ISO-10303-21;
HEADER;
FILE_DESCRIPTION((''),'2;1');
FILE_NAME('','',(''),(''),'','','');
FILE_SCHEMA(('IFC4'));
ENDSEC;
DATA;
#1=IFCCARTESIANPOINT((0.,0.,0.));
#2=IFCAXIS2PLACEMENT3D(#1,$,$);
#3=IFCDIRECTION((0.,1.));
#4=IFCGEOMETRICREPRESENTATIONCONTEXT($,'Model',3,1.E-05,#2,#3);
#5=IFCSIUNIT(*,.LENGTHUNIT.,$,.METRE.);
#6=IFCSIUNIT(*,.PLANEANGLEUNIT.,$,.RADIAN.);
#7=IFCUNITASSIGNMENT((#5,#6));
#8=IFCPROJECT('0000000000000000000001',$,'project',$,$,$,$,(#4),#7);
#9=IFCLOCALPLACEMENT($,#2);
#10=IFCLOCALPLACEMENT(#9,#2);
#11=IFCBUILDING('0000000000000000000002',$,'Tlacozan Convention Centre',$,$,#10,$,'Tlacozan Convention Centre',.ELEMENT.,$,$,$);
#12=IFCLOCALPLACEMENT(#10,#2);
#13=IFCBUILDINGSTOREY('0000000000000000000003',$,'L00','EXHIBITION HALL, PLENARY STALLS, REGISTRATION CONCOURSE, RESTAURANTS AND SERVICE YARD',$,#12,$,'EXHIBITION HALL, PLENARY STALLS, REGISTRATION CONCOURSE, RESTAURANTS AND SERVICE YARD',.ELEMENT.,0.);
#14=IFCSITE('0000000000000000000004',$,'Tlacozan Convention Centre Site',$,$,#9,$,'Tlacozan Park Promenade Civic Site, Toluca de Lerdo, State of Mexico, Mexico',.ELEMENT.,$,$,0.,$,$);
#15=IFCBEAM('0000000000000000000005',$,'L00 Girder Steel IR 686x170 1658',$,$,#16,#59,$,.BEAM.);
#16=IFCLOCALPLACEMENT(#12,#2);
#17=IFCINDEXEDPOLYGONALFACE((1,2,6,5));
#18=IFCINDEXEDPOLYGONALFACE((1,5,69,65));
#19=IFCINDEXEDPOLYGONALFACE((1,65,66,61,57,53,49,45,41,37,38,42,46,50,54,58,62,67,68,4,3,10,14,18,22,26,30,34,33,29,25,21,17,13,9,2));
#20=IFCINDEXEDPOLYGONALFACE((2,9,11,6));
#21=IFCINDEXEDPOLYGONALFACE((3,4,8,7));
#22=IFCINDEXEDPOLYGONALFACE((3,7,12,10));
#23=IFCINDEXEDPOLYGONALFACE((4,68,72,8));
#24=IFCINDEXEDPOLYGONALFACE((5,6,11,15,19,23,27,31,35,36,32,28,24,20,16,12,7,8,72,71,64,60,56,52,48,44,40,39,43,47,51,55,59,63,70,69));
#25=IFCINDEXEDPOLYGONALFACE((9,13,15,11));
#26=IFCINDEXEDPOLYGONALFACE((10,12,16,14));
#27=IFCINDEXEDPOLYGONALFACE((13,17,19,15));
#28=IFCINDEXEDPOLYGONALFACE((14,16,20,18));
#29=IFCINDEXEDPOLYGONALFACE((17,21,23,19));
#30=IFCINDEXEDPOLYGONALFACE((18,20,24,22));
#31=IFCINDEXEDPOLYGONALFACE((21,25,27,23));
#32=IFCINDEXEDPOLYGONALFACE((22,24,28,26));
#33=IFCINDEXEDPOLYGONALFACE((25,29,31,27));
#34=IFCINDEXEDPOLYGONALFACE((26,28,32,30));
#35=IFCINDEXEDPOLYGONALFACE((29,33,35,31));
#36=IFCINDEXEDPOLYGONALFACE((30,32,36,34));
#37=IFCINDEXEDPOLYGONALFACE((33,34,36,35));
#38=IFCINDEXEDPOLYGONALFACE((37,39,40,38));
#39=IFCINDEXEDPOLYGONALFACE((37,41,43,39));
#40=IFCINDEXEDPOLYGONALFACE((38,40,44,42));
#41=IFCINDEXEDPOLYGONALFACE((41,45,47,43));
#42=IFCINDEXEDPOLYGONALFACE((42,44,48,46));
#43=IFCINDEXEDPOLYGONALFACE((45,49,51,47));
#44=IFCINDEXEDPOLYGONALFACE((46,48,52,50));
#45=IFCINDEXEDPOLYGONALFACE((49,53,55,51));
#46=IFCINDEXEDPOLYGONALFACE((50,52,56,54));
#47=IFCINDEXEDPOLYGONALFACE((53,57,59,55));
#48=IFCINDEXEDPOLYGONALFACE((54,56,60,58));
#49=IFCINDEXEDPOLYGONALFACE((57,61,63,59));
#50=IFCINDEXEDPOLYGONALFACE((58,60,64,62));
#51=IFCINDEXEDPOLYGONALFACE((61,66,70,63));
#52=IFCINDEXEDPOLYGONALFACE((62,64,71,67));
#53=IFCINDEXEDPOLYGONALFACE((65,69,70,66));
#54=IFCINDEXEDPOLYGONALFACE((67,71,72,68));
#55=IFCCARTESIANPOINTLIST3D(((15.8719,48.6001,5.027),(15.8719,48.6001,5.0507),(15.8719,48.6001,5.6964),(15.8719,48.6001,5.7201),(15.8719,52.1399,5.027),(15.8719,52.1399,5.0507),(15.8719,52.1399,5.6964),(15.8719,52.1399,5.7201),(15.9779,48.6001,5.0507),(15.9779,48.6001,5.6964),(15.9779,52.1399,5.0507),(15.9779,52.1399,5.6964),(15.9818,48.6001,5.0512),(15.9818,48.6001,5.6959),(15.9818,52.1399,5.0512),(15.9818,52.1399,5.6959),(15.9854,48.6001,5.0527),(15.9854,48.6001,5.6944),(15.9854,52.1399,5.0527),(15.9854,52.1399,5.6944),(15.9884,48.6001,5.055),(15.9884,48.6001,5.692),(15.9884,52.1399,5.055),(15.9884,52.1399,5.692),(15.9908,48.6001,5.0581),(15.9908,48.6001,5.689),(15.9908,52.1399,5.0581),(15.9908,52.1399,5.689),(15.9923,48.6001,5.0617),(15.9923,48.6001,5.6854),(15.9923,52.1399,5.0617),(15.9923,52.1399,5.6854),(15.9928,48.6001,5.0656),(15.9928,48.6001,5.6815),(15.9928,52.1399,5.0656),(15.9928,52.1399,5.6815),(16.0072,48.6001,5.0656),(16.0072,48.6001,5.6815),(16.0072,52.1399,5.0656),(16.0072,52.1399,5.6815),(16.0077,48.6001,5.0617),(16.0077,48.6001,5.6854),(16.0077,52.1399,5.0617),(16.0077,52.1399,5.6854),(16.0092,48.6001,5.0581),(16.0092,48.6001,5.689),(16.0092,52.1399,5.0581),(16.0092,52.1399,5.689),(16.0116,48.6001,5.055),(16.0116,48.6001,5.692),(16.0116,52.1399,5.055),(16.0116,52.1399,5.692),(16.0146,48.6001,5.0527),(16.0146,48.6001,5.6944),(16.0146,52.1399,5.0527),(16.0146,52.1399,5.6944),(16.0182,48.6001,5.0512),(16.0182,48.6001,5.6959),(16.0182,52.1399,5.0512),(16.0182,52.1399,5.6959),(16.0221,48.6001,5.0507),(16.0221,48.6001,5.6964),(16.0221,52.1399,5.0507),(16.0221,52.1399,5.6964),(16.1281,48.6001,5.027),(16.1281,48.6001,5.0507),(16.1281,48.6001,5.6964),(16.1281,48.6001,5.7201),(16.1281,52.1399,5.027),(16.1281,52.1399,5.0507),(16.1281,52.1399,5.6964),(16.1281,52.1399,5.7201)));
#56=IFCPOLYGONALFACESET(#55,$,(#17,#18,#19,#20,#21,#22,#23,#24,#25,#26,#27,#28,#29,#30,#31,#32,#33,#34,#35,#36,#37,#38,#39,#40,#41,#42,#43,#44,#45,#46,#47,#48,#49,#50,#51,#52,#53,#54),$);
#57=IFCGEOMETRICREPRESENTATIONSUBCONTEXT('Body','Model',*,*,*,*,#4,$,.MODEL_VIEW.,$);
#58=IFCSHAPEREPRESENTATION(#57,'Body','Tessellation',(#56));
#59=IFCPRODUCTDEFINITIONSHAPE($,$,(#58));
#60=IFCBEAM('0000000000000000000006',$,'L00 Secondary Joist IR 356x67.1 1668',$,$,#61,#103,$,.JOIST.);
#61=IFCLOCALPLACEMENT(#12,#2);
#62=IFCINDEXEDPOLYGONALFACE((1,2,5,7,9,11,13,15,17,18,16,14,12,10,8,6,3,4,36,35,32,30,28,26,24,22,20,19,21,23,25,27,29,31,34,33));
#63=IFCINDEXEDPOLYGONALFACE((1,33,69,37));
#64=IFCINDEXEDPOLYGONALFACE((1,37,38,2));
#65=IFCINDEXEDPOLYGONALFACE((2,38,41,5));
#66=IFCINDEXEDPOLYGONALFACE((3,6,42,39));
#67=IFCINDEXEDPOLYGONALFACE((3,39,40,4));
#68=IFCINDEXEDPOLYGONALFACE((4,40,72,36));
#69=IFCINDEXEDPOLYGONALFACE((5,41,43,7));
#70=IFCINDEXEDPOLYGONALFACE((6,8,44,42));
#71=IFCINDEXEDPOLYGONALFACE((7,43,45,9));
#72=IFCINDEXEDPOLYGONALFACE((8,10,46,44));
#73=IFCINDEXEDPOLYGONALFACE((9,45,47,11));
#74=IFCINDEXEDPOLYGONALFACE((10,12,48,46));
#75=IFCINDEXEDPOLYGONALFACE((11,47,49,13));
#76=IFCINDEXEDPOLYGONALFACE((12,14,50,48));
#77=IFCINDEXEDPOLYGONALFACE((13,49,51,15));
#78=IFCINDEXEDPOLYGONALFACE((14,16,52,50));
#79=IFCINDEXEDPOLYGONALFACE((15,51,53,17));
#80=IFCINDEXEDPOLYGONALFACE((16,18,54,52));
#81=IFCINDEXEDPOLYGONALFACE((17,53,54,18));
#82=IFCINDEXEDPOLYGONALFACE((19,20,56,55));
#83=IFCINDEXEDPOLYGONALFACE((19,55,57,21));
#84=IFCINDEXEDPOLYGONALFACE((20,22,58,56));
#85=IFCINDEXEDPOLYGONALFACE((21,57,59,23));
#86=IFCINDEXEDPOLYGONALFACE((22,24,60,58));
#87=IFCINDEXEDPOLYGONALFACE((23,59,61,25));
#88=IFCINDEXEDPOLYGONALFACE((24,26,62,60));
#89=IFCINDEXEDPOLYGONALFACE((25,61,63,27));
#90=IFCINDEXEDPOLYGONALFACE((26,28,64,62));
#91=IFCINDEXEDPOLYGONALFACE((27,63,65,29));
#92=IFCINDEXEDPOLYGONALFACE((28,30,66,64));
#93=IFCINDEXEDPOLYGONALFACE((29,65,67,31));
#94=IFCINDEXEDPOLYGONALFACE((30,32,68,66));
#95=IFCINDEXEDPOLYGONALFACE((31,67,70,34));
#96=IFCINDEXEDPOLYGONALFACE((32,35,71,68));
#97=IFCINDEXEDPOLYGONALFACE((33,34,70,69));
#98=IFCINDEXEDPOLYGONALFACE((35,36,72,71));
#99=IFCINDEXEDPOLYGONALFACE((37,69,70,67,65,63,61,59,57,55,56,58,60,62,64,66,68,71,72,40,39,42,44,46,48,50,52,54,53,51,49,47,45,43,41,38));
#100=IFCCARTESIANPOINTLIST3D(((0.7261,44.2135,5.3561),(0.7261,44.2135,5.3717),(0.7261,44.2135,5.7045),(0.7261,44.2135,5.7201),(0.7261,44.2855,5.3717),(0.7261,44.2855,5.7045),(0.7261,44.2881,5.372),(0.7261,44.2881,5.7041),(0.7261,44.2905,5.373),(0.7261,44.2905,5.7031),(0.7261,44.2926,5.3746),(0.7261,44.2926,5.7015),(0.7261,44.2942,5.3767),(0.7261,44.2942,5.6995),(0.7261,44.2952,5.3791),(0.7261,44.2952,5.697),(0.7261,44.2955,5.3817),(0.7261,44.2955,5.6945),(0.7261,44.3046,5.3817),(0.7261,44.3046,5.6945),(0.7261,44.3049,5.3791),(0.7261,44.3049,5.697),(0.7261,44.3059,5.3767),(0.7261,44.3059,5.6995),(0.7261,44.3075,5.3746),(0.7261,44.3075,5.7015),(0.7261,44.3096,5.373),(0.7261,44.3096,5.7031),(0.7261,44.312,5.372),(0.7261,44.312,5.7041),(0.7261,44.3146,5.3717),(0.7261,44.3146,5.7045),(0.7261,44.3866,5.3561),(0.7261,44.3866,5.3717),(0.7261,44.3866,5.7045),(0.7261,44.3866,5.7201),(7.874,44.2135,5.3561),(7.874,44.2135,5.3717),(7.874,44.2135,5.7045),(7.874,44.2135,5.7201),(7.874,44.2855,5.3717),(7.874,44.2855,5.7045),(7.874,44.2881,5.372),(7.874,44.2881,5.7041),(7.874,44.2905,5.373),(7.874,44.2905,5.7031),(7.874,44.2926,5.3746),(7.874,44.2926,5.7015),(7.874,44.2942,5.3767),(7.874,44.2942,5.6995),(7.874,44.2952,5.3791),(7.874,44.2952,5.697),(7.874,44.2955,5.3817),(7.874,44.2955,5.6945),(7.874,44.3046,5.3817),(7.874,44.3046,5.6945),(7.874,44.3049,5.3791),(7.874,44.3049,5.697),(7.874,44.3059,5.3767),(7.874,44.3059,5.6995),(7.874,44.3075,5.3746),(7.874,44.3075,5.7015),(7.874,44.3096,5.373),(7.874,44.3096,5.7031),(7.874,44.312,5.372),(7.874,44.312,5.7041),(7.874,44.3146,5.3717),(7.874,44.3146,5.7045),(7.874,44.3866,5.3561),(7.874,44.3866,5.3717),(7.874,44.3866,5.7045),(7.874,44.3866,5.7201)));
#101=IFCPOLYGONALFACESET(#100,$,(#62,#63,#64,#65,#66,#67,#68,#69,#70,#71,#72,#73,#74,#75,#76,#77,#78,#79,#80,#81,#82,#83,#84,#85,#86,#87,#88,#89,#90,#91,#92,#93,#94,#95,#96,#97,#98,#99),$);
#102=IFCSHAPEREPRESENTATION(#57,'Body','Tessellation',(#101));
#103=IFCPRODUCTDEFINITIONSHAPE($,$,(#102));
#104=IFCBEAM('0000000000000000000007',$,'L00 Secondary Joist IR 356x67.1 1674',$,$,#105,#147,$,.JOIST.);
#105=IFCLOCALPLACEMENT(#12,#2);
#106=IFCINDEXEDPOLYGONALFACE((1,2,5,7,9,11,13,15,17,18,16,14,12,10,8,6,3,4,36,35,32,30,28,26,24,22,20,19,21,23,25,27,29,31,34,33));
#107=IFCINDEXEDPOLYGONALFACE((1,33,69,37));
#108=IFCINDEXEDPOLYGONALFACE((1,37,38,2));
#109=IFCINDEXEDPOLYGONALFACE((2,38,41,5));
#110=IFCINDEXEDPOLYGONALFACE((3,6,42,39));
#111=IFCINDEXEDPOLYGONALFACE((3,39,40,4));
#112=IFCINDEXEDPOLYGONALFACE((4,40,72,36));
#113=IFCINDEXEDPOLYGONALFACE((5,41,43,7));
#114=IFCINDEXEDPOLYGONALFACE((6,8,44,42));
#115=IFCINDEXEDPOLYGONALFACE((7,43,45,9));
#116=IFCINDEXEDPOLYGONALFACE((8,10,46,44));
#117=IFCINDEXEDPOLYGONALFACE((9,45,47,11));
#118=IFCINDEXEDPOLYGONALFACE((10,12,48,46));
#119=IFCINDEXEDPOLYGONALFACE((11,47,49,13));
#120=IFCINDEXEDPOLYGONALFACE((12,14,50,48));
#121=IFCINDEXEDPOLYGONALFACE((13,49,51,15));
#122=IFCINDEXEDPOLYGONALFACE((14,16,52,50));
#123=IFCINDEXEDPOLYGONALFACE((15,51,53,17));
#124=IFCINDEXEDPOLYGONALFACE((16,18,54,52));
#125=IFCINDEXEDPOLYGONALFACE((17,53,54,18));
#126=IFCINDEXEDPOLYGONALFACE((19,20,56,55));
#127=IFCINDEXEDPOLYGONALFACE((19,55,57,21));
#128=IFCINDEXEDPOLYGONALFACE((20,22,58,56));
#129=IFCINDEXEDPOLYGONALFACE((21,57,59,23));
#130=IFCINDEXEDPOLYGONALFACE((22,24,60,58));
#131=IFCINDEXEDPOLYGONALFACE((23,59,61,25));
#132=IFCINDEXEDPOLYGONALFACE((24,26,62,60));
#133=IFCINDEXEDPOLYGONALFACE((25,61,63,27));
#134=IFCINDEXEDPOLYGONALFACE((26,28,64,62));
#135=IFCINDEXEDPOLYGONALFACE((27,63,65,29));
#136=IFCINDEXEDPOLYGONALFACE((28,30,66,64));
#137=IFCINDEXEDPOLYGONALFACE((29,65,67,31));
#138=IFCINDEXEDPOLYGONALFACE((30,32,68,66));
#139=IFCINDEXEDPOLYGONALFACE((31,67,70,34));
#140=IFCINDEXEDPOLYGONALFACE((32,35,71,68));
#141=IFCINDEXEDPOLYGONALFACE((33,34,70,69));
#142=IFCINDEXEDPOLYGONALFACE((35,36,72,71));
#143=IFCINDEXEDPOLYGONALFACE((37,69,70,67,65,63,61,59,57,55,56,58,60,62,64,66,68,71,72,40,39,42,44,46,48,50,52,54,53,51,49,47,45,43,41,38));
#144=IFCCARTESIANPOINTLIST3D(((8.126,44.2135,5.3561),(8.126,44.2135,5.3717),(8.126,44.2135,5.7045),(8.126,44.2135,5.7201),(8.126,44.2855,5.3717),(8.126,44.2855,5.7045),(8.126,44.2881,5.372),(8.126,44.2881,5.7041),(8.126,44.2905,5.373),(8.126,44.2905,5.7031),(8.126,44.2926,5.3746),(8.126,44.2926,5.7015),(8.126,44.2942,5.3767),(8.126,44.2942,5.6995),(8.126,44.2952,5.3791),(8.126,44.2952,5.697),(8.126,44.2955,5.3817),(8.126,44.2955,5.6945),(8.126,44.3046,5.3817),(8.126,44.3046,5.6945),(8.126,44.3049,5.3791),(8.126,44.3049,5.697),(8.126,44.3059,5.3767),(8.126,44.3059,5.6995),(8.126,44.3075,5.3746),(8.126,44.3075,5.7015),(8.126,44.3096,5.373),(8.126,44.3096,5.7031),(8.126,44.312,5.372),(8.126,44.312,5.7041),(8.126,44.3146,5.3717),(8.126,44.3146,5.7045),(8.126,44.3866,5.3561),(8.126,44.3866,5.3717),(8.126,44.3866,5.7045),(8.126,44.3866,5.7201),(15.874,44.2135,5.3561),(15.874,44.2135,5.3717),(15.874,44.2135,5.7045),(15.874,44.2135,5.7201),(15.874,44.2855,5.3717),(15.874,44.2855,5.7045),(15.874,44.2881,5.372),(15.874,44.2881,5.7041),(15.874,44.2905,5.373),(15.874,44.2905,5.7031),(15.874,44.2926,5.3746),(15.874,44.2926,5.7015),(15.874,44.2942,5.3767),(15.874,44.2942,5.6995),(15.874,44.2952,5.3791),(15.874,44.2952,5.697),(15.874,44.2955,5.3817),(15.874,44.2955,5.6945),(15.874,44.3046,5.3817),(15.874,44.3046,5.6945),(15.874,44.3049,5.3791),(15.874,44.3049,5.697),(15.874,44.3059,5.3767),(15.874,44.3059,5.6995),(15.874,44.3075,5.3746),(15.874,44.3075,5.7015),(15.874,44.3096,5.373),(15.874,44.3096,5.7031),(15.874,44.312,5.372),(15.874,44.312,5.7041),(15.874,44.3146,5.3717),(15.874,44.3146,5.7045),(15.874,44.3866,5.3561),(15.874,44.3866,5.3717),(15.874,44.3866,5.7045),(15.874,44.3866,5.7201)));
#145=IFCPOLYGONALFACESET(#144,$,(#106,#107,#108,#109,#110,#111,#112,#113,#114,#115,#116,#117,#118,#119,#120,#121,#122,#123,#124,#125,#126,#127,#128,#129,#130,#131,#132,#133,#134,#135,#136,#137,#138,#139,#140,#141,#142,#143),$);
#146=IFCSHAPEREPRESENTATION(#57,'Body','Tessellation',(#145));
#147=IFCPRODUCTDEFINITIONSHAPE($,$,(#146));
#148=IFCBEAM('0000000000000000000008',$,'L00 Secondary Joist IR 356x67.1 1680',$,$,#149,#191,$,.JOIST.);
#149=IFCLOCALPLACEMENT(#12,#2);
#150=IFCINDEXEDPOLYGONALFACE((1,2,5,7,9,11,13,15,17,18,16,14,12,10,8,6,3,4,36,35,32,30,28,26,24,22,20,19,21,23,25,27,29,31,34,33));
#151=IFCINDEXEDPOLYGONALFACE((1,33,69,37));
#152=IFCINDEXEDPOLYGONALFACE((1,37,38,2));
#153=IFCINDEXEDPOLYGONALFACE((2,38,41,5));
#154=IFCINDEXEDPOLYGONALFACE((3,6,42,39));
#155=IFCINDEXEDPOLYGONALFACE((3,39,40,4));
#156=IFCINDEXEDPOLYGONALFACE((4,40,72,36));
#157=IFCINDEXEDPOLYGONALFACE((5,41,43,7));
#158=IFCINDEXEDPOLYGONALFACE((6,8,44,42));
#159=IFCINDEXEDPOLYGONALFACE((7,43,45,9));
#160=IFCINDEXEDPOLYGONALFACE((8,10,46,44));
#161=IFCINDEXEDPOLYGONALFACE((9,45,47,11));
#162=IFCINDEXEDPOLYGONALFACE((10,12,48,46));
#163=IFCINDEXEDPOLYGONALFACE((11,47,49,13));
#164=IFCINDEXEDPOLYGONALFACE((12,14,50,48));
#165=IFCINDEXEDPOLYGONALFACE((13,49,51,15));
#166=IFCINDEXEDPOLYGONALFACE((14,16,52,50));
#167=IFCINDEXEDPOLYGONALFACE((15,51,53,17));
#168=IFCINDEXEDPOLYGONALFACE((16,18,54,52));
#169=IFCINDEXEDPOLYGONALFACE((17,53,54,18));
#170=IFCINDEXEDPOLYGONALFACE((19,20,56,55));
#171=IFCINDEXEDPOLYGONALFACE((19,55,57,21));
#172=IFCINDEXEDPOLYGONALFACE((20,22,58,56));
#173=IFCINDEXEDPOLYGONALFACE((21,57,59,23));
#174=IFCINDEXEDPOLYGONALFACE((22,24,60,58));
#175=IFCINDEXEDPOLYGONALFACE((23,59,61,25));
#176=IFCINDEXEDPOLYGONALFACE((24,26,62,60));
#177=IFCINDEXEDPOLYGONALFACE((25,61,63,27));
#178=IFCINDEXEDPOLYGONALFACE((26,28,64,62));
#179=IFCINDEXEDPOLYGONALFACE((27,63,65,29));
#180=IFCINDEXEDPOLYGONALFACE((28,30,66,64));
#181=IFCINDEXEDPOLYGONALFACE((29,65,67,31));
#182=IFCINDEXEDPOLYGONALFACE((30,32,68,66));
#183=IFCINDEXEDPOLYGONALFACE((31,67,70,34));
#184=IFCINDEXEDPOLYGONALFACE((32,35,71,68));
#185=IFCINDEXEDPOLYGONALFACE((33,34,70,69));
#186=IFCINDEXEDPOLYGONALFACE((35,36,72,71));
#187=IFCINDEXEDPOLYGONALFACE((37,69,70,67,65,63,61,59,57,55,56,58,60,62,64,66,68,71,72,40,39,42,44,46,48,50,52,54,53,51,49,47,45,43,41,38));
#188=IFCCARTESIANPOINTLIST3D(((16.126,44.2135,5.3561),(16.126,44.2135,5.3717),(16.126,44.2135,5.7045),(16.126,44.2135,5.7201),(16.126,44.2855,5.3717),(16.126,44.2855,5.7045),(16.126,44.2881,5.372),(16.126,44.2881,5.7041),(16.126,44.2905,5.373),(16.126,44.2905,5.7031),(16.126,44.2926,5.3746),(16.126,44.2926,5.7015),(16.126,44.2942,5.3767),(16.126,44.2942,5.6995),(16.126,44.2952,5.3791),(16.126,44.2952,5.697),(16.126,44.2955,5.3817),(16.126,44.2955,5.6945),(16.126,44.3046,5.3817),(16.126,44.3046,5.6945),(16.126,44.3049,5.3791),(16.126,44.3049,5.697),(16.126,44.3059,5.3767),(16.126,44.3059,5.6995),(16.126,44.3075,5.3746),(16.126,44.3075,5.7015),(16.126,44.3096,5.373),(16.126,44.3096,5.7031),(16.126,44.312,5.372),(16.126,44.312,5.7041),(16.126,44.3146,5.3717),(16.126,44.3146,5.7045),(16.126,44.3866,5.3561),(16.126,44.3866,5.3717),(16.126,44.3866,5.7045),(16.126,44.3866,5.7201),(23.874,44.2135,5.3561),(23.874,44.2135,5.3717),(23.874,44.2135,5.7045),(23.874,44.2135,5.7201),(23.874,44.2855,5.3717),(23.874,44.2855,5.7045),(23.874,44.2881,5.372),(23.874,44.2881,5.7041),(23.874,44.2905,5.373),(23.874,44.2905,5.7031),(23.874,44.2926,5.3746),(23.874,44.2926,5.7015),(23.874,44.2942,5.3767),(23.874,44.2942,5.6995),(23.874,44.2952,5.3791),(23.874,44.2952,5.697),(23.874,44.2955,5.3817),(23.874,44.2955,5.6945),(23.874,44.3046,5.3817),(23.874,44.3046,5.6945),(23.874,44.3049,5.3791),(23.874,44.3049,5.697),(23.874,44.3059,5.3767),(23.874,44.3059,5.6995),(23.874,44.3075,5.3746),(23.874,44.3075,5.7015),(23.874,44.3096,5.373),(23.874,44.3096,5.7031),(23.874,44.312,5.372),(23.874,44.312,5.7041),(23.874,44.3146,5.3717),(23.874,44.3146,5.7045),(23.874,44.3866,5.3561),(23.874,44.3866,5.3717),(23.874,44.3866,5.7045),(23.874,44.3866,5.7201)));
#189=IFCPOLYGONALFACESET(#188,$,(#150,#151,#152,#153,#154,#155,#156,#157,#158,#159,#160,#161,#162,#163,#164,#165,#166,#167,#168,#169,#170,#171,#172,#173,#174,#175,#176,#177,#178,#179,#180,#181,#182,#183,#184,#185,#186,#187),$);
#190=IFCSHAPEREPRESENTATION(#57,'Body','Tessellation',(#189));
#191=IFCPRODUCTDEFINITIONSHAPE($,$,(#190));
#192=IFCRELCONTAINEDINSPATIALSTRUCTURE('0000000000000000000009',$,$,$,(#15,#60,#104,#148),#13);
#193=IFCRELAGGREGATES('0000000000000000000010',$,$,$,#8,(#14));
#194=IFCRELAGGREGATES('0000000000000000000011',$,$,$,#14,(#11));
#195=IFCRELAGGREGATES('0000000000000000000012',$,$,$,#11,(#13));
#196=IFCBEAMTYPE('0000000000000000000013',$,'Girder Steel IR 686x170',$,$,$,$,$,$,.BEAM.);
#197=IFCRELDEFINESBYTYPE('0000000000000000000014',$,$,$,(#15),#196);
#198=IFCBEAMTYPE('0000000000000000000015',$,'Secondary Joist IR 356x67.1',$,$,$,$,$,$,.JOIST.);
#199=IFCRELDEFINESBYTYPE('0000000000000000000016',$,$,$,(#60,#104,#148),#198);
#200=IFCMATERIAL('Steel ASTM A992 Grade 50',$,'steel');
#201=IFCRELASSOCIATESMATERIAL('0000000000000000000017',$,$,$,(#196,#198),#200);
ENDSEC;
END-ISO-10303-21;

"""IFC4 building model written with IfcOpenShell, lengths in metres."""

from ifc_helpers import new_model, si_unit, direction, frame, origin, origin_2d, place, context, subcontext, project, spatial, i_section, extrude, material, material_profile, profile_set, type_object, element, save


model = new_model("IFC4")

# Units and contexts
model_context = context("Model", 3, precision=1e-05, world=origin(), true_north=direction((0.0, 1.0)))
body_context = subcontext(model_context, "Body", "Model", "MODEL_VIEW")
ifc_project = project(units=[si_unit("LENGTHUNIT", "METRE"), si_unit("PLANEANGLEUNIT", "RADIAN")], contexts=[model_context])

# Site, building, storey
site_placement = place(None, origin())
site = spatial("IfcSite", under=ifc_project, at=site_placement, Name="Tlacozan Convention Centre Site", LongName="Tlacozan Park Promenade Civic Site, Toluca de Lerdo, State of Mexico, Mexico", CompositionType="ELEMENT", RefElevation=0.0)
building_placement = place(site_placement, origin())
building = spatial("IfcBuilding", under=site, at=building_placement, Name="Tlacozan Convention Centre", LongName="Tlacozan Convention Centre", CompositionType="ELEMENT")
storey_placement = place(building_placement, origin())
storey = spatial("IfcBuildingStorey", under=building, at=storey_placement, Name="L00", Description="EXHIBITION HALL, PLENARY STALLS, REGISTRATION CONCOURSE, RESTAURANTS AND SERVICE YARD", LongName="EXHIBITION HALL, PLENARY STALLS, REGISTRATION CONCOURSE, RESTAURANTS AND SERVICE YARD", CompositionType="ELEMENT", Elevation=0.0)

# Shared definitions
ifc_material_1 = material(Name="Steel ASTM A992 Grade 50", Category="steel")

# Beams
ifc_material_profile_1 = material_profile(ifc_material_1, i_section(OverallWidth=0.2561, OverallDepth=0.6931, WebThickness=0.0144, FlangeThickness=0.0237, FilletRadius=0.0149, at=origin_2d()), Name="IR 686x170.0")
ifc_profile_set_1 = profile_set([ifc_material_profile_1], Name="Steel ASTM A992 Grade 50")
beam_type_1 = type_object("IfcBeamType", Name="Girder Steel IR 686x170", PredefinedType="BEAM", material=ifc_profile_set_1)
beam_1_placement = place(storey_placement, frame((16.0, 48.6001, 5.3735), z_axis=(0.0, 1.0, 0.0), x_axis=(-1.0, 0.0, 0.0)))
element("IfcBeam", 1, at=beam_1_placement, inside=storey, type_object=beam_type_1, Name="L00 Girder Steel IR 686x170 1658", PredefinedType="BEAM", context=body_context, shape_type="SweptSolid", body=[
    extrude(i_section(OverallWidth=0.2561, OverallDepth=0.6931, WebThickness=0.0144, FlangeThickness=0.0237, FilletRadius=0.0149, at=origin_2d()), origin(), (0.0, 0.0, 1.0), 3.5398),
])
ifc_material_profile_2 = material_profile(ifc_material_1, i_section(OverallWidth=0.1731, OverallDepth=0.364, WebThickness=0.009, FlangeThickness=0.0156, FilletRadius=0.01, at=origin_2d()), Name="IR 356x67.1")
ifc_profile_set_2 = profile_set([ifc_material_profile_2], Name="Steel ASTM A992 Grade 50")
beam_type_2 = type_object("IfcBeamType", Name="Secondary Joist IR 356x67.1", PredefinedType="JOIST", material=ifc_profile_set_2)
beam_2_placement = place(storey_placement, frame((0.7261, 44.3, 5.5381), z_axis=(1.0, 0.0, 0.0), x_axis=(0.0, 1.0, 0.0)))
element("IfcBeam", 2, at=beam_2_placement, inside=storey, type_object=beam_type_2, Name="L00 Secondary Joist IR 356x67.1 1668", PredefinedType="JOIST", context=body_context, shape_type="SweptSolid", body=[
    extrude(i_section(OverallWidth=0.1731, OverallDepth=0.364, WebThickness=0.009, FlangeThickness=0.0156, FilletRadius=0.01, at=origin_2d()), origin(), (0.0, 0.0, 1.0), 7.1479),
])
for number, where, z_axis, x_axis, name in (
    (3, (8.126, 44.3, 5.5381), (1.0, 0.0, 0.0), (0.0, 1.0, 0.0), "L00 Secondary Joist IR 356x67.1 1674"),
    (4, (16.126, 44.3, 5.5381), (1.0, 0.0, 0.0), (0.0, 1.0, 0.0), "L00 Secondary Joist IR 356x67.1 1680"),
):
    element("IfcBeam", number, at=place(storey_placement, frame(where, z_axis=z_axis, x_axis=x_axis)), inside=storey, type_object=beam_type_2, Name=name, PredefinedType="JOIST", context=body_context, shape_type="SweptSolid", body=[
        extrude(i_section(OverallWidth=0.1731, OverallDepth=0.364, WebThickness=0.009, FlangeThickness=0.0156, FilletRadius=0.01, at=origin_2d()), origin(), (0.0, 0.0, 1.0), 7.748),
    ])

save(model, "model.ifc")
